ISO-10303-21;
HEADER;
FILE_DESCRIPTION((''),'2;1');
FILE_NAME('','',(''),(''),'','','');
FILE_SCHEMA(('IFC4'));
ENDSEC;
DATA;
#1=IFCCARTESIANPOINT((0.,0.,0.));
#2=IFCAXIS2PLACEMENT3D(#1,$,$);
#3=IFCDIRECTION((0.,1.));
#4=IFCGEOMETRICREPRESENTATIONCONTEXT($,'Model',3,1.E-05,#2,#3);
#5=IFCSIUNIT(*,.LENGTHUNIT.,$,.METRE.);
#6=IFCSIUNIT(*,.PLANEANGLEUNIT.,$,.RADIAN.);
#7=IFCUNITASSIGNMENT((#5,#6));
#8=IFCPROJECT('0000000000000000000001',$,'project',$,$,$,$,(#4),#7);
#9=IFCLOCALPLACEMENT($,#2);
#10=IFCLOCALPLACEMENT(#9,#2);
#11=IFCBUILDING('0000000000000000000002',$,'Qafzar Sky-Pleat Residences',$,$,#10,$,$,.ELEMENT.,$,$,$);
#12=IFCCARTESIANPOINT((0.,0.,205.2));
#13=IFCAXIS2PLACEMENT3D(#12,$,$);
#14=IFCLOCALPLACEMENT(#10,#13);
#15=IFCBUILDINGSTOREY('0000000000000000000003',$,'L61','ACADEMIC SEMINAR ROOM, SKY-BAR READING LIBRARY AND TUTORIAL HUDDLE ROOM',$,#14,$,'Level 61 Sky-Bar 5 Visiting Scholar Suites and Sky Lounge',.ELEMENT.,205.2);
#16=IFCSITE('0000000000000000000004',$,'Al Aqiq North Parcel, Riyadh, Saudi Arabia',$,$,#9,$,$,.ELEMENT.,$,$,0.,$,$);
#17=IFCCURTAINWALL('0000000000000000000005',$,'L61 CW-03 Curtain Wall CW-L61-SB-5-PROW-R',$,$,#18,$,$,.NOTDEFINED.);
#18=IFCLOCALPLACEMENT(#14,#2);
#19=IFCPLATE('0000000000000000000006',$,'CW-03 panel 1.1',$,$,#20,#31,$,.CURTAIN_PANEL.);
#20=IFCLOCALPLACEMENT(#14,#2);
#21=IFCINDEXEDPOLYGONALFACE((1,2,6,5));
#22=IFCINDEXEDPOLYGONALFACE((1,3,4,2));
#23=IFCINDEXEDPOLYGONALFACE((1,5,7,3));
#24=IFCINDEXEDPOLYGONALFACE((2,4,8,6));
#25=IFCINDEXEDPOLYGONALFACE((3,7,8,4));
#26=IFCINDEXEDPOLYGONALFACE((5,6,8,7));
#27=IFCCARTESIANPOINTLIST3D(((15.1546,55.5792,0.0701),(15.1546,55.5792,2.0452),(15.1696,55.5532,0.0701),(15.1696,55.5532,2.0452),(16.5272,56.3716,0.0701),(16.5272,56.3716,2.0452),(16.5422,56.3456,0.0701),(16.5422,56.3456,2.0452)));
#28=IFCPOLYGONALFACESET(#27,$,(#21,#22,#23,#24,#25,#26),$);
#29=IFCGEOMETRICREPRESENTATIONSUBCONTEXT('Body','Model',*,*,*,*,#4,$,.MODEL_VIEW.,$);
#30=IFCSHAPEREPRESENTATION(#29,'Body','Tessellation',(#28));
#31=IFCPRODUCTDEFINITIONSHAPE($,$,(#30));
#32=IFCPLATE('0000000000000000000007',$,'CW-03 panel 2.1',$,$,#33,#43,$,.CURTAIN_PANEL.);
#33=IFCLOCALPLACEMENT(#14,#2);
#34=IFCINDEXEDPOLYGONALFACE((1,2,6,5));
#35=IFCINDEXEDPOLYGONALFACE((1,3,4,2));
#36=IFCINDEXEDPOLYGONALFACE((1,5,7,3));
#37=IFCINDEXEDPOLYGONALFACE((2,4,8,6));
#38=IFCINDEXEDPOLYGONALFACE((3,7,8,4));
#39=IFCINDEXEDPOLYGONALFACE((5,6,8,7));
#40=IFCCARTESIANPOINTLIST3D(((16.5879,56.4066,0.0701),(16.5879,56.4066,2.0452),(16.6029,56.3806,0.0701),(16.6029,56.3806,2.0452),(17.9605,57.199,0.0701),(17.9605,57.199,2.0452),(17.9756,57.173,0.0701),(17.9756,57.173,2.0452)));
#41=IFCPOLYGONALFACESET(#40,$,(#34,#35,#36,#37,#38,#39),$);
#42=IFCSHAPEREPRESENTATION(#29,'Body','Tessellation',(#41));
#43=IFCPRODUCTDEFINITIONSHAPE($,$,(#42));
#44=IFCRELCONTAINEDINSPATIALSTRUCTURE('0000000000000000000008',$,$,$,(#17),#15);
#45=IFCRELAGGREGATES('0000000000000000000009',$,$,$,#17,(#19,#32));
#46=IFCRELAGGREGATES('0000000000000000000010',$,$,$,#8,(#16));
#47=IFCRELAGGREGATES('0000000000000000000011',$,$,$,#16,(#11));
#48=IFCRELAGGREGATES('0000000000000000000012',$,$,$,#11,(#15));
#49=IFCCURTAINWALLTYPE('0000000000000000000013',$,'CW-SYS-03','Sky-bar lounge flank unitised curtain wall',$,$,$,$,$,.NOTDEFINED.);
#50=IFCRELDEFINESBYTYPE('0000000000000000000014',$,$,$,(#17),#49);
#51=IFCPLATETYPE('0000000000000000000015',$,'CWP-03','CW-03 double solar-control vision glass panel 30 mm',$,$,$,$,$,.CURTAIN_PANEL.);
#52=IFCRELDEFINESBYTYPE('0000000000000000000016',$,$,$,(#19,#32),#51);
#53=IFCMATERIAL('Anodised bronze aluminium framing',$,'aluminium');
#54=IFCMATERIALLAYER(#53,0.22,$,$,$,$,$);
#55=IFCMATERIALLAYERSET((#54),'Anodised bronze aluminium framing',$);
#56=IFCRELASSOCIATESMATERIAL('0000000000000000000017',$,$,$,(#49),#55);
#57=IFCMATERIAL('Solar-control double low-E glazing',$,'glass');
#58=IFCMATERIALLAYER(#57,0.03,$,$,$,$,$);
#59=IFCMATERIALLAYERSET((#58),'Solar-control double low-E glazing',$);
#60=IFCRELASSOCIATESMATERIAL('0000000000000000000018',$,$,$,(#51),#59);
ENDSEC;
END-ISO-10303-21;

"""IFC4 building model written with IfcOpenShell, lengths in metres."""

from ifc_helpers import new_model, si_unit, direction, frame, origin, origin_2d, place, context, subcontext, project, spatial, rectangle, extrude, source, transform, mapped, material, layer, layer_set, type_object, element, aggregate, save


model = new_model("IFC4")

# Units and contexts
model_context = context("Model", 3, precision=1e-05, world=origin(), true_north=direction((0.0, 1.0)))
body_context = subcontext(model_context, "Body", "Model", "MODEL_VIEW")
ifc_project = project(units=[si_unit("LENGTHUNIT", "METRE"), si_unit("PLANEANGLEUNIT", "RADIAN")], contexts=[model_context])

# Site, building, storey
site_placement = place(None, origin())
site = spatial("IfcSite", under=ifc_project, at=site_placement, Name="Al Aqiq North Parcel, Riyadh, Saudi Arabia", CompositionType="ELEMENT", RefElevation=0.0)
building_placement = place(site_placement, origin())
building = spatial("IfcBuilding", under=site, at=building_placement, Name="Qafzar Sky-Pleat Residences", CompositionType="ELEMENT")
storey_placement = place(building_placement, frame((0.0, 0.0, 205.2)))
storey = spatial("IfcBuildingStorey", under=building, at=storey_placement, Name="L61", Description="ACADEMIC SEMINAR ROOM, SKY-BAR READING LIBRARY AND TUTORIAL HUDDLE ROOM", LongName="Level 61 Sky-Bar 5 Visiting Scholar Suites and Sky Lounge", CompositionType="ELEMENT", Elevation=205.2)

# Curtain wall
ifc_material_1 = material(Name="Anodised bronze aluminium framing", Category="aluminium")
ifc_layer_1 = layer(ifc_material_1, 0.22)
ifc_layer_set_1 = layer_set([ifc_layer_1], Name="Anodised bronze aluminium framing")
curtain_wall_type_1 = type_object("IfcCurtainWallType", Name="CW-SYS-03", Description="Sky-bar lounge flank unitised curtain wall", PredefinedType="NOTDEFINED", material=ifc_layer_set_1)
curtain_wall_1_placement = place(storey_placement, origin())
curtain_wall_1 = element("IfcCurtainWall", 1, at=curtain_wall_1_placement, inside=storey, type_object=curtain_wall_type_1, Name="L61 CW-03 Curtain Wall CW-L61-SB-5-PROW-R", PredefinedType="NOTDEFINED")

# Plates
ifc_material_2 = material(Name="Solar-control double low-E glazing", Category="glass")
ifc_layer_2 = layer(ifc_material_2, 0.03)
ifc_layer_set_2 = layer_set([ifc_layer_2], Name="Solar-control double low-E glazing")
plate_type_1 = type_object("IfcPlateType", Name="CWP-03", Description="CW-03 double solar-control vision glass panel 30 mm", PredefinedType="CURTAIN_PANEL", material=ifc_layer_set_2)
shared_shape_1 = source(origin(), body_context, "Body", "SweptSolid", [
    extrude(rectangle(XDim=1.585, YDim=0.03, at=origin_2d()), origin(), (0.0, 0.0, 1.0), 1.9751),
])
plate_1_placement = place(storey_placement, frame((15.8484, 55.9624, 0.0701), z_axis=(0.0, 0.0, 1.0), x_axis=(0.866028, 0.499996, 0.0)))
plate_1 = element("IfcPlate", 2, at=plate_1_placement, type_object=plate_type_1, Name="CW-03 panel 1.1", PredefinedType="CURTAIN_PANEL", context=body_context, shape_type="MappedRepresentation", body=[
    mapped(shared_shape_1, transform((0.0, 0.0, 0.0), x_axis=(1.0, 0.0, 0.0), y_axis=(0.0, 1.0, 0.0), z_axis=(0.0, 0.0, 1.0), scale=1.0)),
])
plate_2_placement = place(storey_placement, frame((17.2817, 56.7898, 0.0701), z_axis=(0.0, 0.0, 1.0), x_axis=(0.866028, 0.499996, 0.0)))
plate_2 = element("IfcPlate", 3, at=plate_2_placement, type_object=plate_type_1, Name="CW-03 panel 2.1", PredefinedType="CURTAIN_PANEL", context=body_context, shape_type="MappedRepresentation", body=[
    mapped(shared_shape_1, transform((0.0, 0.0, 0.0), x_axis=(1.0, 0.0, 0.0), y_axis=(0.0, 1.0, 0.0), z_axis=(0.0, 0.0, 1.0), scale=1.0)),
])
aggregate(curtain_wall_1, [plate_1, plate_2])

save(model, "model.ifc")
